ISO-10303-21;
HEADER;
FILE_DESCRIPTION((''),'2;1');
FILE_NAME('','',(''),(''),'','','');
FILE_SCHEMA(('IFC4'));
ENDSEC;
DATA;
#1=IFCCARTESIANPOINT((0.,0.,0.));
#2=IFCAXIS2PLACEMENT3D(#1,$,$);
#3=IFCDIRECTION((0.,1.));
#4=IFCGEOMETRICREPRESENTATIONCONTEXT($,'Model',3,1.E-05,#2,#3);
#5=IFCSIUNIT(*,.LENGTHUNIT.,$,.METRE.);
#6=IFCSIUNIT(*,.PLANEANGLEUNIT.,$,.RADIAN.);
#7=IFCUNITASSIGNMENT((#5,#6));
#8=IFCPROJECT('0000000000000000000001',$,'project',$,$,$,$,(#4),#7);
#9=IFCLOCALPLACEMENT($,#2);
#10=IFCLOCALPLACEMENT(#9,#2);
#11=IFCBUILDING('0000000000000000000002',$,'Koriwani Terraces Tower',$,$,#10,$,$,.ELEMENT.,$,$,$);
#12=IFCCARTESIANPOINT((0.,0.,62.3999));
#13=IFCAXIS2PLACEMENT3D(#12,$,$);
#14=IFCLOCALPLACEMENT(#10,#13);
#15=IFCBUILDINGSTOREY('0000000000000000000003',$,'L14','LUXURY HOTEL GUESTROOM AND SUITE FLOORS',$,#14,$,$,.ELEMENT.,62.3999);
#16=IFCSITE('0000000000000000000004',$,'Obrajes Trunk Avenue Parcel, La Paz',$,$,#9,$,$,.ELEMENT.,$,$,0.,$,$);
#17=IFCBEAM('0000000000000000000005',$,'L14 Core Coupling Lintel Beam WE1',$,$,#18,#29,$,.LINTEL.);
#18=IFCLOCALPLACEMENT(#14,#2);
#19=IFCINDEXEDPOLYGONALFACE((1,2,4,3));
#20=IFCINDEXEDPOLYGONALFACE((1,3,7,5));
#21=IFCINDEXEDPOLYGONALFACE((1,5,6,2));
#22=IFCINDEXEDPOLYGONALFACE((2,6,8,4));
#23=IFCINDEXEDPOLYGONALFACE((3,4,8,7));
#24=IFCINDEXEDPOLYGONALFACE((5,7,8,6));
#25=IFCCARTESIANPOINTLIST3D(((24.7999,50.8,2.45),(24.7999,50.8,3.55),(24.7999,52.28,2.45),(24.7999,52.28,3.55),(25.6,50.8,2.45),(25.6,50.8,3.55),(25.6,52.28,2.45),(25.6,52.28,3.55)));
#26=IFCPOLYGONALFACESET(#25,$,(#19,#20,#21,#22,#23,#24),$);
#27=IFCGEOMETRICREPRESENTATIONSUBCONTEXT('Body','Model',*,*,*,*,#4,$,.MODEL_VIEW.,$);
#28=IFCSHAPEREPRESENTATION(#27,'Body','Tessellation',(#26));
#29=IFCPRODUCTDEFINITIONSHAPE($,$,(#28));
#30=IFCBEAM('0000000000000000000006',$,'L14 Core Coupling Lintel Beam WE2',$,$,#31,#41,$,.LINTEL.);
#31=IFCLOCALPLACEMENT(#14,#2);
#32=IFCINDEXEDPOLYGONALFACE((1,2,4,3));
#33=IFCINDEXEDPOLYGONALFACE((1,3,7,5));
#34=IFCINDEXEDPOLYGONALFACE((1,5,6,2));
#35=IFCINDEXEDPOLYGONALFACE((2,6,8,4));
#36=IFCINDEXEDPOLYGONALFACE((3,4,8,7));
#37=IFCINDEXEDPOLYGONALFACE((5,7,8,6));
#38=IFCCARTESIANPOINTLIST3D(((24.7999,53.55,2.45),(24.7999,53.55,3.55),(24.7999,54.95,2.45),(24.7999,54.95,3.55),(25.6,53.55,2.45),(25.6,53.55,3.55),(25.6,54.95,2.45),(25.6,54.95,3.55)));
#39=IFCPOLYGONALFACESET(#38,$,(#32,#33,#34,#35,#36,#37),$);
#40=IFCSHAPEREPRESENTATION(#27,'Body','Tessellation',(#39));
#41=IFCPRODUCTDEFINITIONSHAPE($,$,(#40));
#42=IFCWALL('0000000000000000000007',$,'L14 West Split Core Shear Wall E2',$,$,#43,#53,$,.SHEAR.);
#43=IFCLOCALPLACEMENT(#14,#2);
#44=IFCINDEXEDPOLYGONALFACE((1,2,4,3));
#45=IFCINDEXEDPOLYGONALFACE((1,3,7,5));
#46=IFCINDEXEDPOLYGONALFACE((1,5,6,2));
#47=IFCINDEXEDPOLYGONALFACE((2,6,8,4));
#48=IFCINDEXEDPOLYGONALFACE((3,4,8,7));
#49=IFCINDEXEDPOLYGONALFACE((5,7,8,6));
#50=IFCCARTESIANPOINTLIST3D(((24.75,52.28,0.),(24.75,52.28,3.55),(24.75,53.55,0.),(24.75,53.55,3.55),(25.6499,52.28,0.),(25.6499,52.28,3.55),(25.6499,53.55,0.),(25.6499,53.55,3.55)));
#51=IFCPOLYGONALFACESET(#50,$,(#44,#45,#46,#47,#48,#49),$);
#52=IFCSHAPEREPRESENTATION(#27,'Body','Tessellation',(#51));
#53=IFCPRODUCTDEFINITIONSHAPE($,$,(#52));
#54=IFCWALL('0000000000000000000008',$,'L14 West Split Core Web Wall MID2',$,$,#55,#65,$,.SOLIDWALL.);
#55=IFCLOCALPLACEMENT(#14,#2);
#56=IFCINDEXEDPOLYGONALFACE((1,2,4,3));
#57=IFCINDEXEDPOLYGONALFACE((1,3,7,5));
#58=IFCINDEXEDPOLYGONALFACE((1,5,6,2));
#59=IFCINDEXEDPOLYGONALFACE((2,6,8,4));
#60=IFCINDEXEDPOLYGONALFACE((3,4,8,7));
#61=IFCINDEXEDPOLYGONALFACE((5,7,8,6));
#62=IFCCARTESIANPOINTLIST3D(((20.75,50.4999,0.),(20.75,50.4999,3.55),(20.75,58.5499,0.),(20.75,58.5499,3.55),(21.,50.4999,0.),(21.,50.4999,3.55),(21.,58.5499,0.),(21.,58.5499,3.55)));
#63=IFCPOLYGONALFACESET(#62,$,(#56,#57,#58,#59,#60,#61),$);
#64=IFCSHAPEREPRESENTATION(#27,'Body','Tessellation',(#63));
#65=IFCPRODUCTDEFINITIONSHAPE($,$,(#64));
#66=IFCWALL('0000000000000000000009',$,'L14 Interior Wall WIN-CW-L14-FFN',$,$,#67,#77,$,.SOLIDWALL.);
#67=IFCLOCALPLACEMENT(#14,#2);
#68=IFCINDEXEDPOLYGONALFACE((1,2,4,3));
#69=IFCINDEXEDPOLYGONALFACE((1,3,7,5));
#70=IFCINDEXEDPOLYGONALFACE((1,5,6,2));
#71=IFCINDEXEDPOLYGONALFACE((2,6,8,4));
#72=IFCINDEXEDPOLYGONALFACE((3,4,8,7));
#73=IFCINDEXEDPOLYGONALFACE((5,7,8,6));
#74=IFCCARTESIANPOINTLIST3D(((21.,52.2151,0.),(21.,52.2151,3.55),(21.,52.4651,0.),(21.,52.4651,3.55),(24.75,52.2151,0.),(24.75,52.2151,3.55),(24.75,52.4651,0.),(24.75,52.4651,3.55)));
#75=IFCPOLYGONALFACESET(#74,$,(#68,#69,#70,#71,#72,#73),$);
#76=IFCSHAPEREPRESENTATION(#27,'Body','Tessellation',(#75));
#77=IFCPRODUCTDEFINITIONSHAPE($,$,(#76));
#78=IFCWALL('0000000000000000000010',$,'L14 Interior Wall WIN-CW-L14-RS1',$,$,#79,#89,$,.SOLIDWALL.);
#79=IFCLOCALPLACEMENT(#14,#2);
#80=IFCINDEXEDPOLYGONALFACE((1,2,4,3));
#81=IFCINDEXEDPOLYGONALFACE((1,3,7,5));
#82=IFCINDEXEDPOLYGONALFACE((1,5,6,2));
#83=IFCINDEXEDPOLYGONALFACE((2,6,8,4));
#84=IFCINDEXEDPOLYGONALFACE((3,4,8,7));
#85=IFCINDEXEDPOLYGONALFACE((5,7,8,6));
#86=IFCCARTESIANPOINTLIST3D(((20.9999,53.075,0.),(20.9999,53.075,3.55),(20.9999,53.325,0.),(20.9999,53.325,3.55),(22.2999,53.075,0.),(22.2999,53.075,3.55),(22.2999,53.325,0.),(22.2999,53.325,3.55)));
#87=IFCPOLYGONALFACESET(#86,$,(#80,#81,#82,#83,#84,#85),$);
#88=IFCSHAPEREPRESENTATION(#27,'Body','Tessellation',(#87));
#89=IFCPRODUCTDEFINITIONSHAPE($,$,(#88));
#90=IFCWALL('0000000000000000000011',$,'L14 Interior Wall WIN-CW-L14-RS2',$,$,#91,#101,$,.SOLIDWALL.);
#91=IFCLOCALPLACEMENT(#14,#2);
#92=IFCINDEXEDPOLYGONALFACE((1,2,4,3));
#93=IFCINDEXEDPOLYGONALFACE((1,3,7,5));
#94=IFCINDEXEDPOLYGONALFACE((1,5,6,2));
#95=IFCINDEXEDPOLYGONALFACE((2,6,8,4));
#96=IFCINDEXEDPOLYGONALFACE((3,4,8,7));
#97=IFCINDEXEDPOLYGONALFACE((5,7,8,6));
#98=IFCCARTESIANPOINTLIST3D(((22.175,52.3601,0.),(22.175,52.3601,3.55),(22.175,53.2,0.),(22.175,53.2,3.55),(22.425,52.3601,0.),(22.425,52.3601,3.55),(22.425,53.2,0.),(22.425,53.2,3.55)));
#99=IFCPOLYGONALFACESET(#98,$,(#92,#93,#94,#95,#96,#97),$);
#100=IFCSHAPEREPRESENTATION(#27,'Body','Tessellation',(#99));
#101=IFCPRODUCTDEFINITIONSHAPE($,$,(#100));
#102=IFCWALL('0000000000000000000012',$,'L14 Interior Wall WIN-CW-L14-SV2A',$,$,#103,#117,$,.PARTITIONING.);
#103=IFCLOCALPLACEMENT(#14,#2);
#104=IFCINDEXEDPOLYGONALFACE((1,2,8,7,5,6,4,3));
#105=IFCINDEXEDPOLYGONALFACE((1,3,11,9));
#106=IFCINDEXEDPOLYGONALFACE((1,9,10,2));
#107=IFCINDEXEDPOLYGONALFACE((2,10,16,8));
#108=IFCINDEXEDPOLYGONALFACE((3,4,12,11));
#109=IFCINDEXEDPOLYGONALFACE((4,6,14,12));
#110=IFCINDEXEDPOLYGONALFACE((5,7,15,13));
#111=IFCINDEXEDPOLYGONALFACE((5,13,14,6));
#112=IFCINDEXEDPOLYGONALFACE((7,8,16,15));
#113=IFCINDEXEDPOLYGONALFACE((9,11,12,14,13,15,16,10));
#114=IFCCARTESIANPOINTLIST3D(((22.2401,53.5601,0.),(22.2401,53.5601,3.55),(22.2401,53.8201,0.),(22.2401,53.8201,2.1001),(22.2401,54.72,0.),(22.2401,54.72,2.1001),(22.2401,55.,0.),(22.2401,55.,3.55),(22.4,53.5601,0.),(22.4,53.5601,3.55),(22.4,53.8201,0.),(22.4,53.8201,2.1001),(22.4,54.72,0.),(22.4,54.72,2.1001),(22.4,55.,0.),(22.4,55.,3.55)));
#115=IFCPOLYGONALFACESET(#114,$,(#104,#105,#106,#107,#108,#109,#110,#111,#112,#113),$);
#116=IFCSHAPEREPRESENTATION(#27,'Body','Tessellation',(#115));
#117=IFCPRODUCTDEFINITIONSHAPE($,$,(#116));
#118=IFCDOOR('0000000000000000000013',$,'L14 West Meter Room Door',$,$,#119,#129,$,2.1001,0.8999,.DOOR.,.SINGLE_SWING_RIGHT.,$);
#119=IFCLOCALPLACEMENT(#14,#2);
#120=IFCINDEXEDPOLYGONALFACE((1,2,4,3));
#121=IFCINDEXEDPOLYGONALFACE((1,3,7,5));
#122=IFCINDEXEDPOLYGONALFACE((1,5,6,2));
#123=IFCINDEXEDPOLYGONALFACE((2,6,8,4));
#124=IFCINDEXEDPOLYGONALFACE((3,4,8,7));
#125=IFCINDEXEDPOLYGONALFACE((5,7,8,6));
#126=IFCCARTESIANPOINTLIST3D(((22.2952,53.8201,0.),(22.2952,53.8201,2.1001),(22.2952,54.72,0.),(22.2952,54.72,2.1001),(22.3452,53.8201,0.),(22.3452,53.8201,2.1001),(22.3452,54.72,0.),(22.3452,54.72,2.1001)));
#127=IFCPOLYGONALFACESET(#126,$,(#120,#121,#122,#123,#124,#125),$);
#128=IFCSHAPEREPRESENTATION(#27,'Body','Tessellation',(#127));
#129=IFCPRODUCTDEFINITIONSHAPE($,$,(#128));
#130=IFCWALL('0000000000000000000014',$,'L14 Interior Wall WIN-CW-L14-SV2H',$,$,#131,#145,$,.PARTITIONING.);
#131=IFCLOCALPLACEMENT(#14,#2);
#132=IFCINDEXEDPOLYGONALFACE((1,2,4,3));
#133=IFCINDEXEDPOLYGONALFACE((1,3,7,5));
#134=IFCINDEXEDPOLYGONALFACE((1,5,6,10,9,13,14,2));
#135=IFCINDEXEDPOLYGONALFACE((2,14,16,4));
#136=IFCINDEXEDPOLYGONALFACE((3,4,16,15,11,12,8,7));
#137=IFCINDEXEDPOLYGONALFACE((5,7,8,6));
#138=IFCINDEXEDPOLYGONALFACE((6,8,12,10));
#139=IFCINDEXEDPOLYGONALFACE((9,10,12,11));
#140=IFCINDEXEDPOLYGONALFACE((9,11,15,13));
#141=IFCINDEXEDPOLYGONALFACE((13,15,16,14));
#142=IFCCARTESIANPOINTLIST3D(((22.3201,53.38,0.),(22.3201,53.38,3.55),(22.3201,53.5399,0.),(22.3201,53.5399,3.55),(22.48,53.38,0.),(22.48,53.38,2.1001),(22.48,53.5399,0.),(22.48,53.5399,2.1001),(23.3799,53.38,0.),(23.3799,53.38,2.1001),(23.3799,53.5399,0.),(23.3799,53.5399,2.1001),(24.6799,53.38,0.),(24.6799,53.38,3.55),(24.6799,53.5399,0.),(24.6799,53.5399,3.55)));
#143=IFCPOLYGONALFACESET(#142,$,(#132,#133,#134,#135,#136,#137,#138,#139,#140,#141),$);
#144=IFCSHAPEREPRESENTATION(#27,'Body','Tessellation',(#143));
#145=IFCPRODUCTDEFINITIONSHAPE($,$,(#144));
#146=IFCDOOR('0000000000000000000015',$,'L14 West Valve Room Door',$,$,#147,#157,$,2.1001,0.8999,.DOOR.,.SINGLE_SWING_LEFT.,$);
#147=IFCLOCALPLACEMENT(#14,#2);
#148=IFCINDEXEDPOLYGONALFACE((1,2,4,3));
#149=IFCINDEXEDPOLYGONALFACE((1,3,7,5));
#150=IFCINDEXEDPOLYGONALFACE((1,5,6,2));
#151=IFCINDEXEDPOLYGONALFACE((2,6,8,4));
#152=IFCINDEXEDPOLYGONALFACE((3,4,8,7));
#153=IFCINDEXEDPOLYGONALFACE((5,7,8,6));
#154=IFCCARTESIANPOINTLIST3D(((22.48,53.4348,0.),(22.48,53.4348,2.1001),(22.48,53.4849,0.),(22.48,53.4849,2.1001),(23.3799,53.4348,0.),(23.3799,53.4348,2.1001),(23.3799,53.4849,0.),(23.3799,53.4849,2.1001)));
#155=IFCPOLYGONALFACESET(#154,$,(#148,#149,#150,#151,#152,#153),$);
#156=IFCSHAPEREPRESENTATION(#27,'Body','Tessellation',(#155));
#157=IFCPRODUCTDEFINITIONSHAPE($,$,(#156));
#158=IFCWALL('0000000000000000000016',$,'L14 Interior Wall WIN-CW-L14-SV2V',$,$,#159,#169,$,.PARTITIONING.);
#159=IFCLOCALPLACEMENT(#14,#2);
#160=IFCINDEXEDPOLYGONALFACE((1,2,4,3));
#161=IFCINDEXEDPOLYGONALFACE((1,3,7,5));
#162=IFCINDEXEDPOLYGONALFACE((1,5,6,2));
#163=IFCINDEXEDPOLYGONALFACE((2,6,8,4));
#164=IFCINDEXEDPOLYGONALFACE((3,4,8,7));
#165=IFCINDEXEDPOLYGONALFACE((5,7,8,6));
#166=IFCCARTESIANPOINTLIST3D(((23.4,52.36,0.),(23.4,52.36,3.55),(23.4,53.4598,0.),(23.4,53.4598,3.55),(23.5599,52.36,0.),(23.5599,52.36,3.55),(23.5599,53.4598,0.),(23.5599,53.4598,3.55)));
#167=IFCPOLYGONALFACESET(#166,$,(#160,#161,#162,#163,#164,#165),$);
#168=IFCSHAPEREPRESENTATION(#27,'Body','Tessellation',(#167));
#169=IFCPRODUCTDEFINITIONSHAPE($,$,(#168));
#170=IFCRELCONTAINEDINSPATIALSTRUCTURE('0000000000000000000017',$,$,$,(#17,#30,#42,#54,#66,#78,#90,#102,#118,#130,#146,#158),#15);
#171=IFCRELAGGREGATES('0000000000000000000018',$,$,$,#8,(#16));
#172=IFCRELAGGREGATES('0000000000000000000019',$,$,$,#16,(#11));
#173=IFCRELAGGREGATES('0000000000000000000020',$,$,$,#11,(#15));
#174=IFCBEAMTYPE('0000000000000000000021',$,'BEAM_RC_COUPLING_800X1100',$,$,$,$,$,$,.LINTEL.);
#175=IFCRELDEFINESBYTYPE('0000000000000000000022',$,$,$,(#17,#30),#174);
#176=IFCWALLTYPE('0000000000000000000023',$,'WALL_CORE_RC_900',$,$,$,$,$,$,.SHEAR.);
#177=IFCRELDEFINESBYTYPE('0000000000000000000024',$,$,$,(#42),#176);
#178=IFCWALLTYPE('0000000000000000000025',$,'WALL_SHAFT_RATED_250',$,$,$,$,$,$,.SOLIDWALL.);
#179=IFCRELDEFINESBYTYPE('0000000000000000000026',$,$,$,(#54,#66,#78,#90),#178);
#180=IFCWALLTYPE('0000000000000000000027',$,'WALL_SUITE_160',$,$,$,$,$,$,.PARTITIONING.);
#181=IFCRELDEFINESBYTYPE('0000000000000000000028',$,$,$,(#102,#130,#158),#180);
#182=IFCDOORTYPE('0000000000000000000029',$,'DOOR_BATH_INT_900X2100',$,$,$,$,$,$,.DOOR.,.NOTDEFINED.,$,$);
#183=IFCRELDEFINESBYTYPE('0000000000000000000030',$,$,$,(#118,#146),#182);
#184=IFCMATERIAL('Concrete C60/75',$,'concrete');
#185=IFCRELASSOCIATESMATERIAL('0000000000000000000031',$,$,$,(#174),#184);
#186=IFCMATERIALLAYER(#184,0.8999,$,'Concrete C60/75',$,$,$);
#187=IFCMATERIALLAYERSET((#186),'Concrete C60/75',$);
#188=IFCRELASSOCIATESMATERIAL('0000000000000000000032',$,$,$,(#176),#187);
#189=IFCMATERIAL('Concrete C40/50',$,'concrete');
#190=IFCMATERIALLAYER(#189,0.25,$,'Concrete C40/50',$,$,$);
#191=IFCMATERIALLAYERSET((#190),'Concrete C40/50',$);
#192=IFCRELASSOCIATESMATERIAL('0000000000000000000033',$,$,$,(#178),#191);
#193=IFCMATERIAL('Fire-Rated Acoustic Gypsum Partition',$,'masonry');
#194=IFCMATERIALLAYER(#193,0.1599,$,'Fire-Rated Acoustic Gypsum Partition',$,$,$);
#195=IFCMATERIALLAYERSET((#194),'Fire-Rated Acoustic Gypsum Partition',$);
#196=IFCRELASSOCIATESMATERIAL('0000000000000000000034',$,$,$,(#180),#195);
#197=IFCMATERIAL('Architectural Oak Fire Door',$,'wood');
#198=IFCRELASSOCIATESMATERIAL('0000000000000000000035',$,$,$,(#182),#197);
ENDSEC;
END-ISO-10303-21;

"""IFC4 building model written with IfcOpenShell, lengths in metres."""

from ifc_helpers import new_model, si_unit, direction, frame, frame_2d, origin, origin_2d, place, context, subcontext, project, spatial, rectangle, extrude, material, layer, layer_set, material_profile, profile_set, type_object, element, fill, save


model = new_model("IFC4")

# Units and contexts
model_context = context("Model", 3, precision=1e-05, world=origin(), true_north=direction((0.0, 1.0)))
body_context = subcontext(model_context, "Body", "Model", "MODEL_VIEW")
ifc_project = project(units=[si_unit("LENGTHUNIT", "METRE"), si_unit("PLANEANGLEUNIT", "RADIAN")], contexts=[model_context])

# Site, building, storey
site_placement = place(None, origin())
site = spatial("IfcSite", under=ifc_project, at=site_placement, Name="Obrajes Trunk Avenue Parcel, La Paz", CompositionType="ELEMENT", RefElevation=0.0)
building_placement = place(site_placement, origin())
building = spatial("IfcBuilding", under=site, at=building_placement, Name="Koriwani Terraces Tower", CompositionType="ELEMENT")
storey_placement = place(building_placement, frame((0.0, 0.0, 62.3999)))
storey = spatial("IfcBuildingStorey", under=building, at=storey_placement, Name="L14", Description="LUXURY HOTEL GUESTROOM AND SUITE FLOORS", CompositionType="ELEMENT", Elevation=62.3999)

# Beams
ifc_material_1 = material(Name="Concrete C60/75", Category="concrete")
ifc_material_profile = material_profile(ifc_material_1, rectangle(XDim=0.8, YDim=1.1001, at=origin_2d()), Name="Concrete C60/75", Category="LoadBearing")
ifc_profile_set = profile_set([ifc_material_profile], Name="Concrete C60/75")
beam_type = type_object("IfcBeamType", Name="BEAM_RC_COUPLING_800X1100", PredefinedType="LINTEL", material=ifc_profile_set)
beam_1_placement = place(storey_placement, frame((25.2, 50.8, 3.0), z_axis=(0.0, 1.0, 0.0), x_axis=(-1.0, 0.0, 0.0)))
element("IfcBeam", 1, at=beam_1_placement, inside=storey, type_object=beam_type, Name="L14 Core Coupling Lintel Beam WE1", PredefinedType="LINTEL", context=body_context, shape_type="SweptSolid", body=[
    extrude(rectangle(XDim=0.8, YDim=1.1001, at=origin_2d()), origin(), (0.0, 0.0, 1.0), 1.48),
])
beam_2_placement = place(storey_placement, frame((25.2, 53.55, 3.0), z_axis=(0.0, 1.0, 0.0), x_axis=(-1.0, 0.0, 0.0)))
element("IfcBeam", 2, at=beam_2_placement, inside=storey, type_object=beam_type, Name="L14 Core Coupling Lintel Beam WE2", PredefinedType="LINTEL", context=body_context, shape_type="SweptSolid", body=[
    extrude(rectangle(XDim=0.8, YDim=1.1001, at=origin_2d()), origin(), (0.0, 0.0, 1.0), 1.3999),
])

# Walls
ifc_layer_1 = layer(ifc_material_1, 0.8999, Name="Concrete C60/75")
ifc_layer_set_1 = layer_set([ifc_layer_1], Name="Concrete C60/75")
wall_type_1 = type_object("IfcWallType", Name="WALL_CORE_RC_900", PredefinedType="SHEAR", material=ifc_layer_set_1)
wall_1_placement = place(storey_placement, frame((25.2, 52.28, 0.0), z_axis=(0.0, 0.0, 1.0), x_axis=(0.0, 1.0, 0.0)))
element("IfcWall", 3, at=wall_1_placement, inside=storey, type_object=wall_type_1, Name="L14 West Split Core Shear Wall E2", PredefinedType="SHEAR", context=body_context, shape_type="SweptSolid", body=[
    extrude(rectangle(XDim=1.27, YDim=0.8999, at=frame_2d((0.635, 0.0))), origin(), (0.0, 0.0, 1.0), 3.55),
])
ifc_material_2 = material(Name="Concrete C40/50", Category="concrete")
ifc_layer_2 = layer(ifc_material_2, 0.25, Name="Concrete C40/50")
ifc_layer_set_2 = layer_set([ifc_layer_2], Name="Concrete C40/50")
wall_type_2 = type_object("IfcWallType", Name="WALL_SHAFT_RATED_250", PredefinedType="SOLIDWALL", material=ifc_layer_set_2)
wall_2_placement = place(storey_placement, frame((20.875, 50.5, 0.0), z_axis=(0.0, 0.0, 1.0), x_axis=(0.0, 1.0, 0.0)))
element("IfcWall", 4, at=wall_2_placement, inside=storey, type_object=wall_type_2, Name="L14 West Split Core Web Wall MID2", PredefinedType="SOLIDWALL", context=body_context, shape_type="SweptSolid", body=[
    extrude(rectangle(XDim=8.05, YDim=0.25, at=frame_2d((4.0249, 0.0))), origin(), (0.0, 0.0, 1.0), 3.55),
])

# Wall
wall_3_placement = place(storey_placement, frame((21.0, 52.3401, 0.0), z_axis=(0.0, 0.0, 1.0), x_axis=(1.0, 0.0, 0.0)))
element("IfcWall", 5, at=wall_3_placement, inside=storey, type_object=wall_type_2, Name="L14 Interior Wall WIN-CW-L14-FFN", PredefinedType="SOLIDWALL", context=body_context, shape_type="SweptSolid", body=[
    extrude(rectangle(XDim=3.75, YDim=0.25, at=frame_2d((1.875, 0.0))), origin(), (0.0, 0.0, 1.0), 3.55),
])

# Walls
wall_4_placement = place(storey_placement, frame((21.0, 53.2, 0.0), z_axis=(0.0, 0.0, 1.0), x_axis=(1.0, 0.0, 0.0)))
element("IfcWall", 6, at=wall_4_placement, inside=storey, type_object=wall_type_2, Name="L14 Interior Wall WIN-CW-L14-RS1", PredefinedType="SOLIDWALL", context=body_context, shape_type="SweptSolid", body=[
    extrude(rectangle(XDim=1.3, YDim=0.25, at=frame_2d((0.6499, 0.0))), origin(), (0.0, 0.0, 1.0), 3.55),
])
wall_5_placement = place(storey_placement, frame((22.3, 52.3601, 0.0), z_axis=(0.0, 0.0, 1.0), x_axis=(0.0, 1.0, 0.0)))
element("IfcWall", 7, at=wall_5_placement, inside=storey, type_object=wall_type_2, Name="L14 Interior Wall WIN-CW-L14-RS2", PredefinedType="SOLIDWALL", context=body_context, shape_type="SweptSolid", body=[
    extrude(rectangle(XDim=0.8398, YDim=0.25, at=frame_2d((0.4199, 0.0))), origin(), (0.0, 0.0, 1.0), 3.55),
])

# Walls, openings, doors
ifc_material_3 = material(Name="Fire-Rated Acoustic Gypsum Partition", Category="masonry")
ifc_layer_3 = layer(ifc_material_3, 0.1599, Name="Fire-Rated Acoustic Gypsum Partition")
ifc_layer_set_3 = layer_set([ifc_layer_3], Name="Fire-Rated Acoustic Gypsum Partition")
wall_type_3 = type_object("IfcWallType", Name="WALL_SUITE_160", PredefinedType="PARTITIONING", material=ifc_layer_set_3)
wall_6_placement = place(storey_placement, frame((22.3201, 53.5601, 0.0), z_axis=(0.0, 0.0, 1.0), x_axis=(0.0, 1.0, 0.0)))
wall_6 = element("IfcWall", 8, at=wall_6_placement, inside=storey, type_object=wall_type_3, Name="L14 Interior Wall WIN-CW-L14-SV2A", PredefinedType="PARTITIONING", context=body_context, shape_type="SweptSolid", body=[
    extrude(rectangle(XDim=1.4399, YDim=0.1599, at=frame_2d((0.72, 0.0))), origin(), (0.0, 0.0, 1.0), 3.55),
])
opening_1_placement = place(wall_6_placement, frame((0.26, 0.0, 0.0)))
opening_1 = element("IfcOpeningElement", 9, at=opening_1_placement, cuts=wall_6, PredefinedType="OPENING", context=body_context, shape_type="SweptSolid", body=[
    extrude(rectangle(XDim=0.8999, YDim=2.1001, at=frame_2d((0.45, 1.05))), frame((0.0, 0.0898, 0.0), z_axis=(0.0, -1.0, 0.0), x_axis=(1.0, 0.0, 0.0)), (0.0, 0.0, 1.0), 0.1799),
])
ifc_material_4 = material(Name="Architectural Oak Fire Door", Category="wood")
door_type_1 = type_object("IfcDoorType", Name="DOOR_BATH_INT_900X2100", OperationType="NOTDEFINED", PredefinedType="DOOR", material=ifc_material_4)
door_1_placement = place(opening_1_placement, origin())
door_1 = element("IfcDoor", 10, at=door_1_placement, inside=storey, type_object=door_type_1, Name="L14 West Meter Room Door", OperationType="SINGLE_SWING_RIGHT", OverallHeight=2.1001, OverallWidth=0.8999, PredefinedType="DOOR", context=body_context, shape_type="SweptSolid", body=[
    extrude(rectangle(XDim=0.8999, YDim=2.1001, at=frame_2d((0.45, 1.05))), frame((0.0, 0.0249, 0.0), z_axis=(0.0, -1.0, 0.0), x_axis=(1.0, 0.0, 0.0)), (0.0, 0.0, 1.0), 0.05),
])
fill(opening_1, door_1)
wall_7_placement = place(storey_placement, frame((22.3201, 53.46, 0.0), z_axis=(0.0, 0.0, 1.0), x_axis=(1.0, 0.0, 0.0)))
wall_7 = element("IfcWall", 11, at=wall_7_placement, inside=storey, type_object=wall_type_3, Name="L14 Interior Wall WIN-CW-L14-SV2H", PredefinedType="PARTITIONING", context=body_context, shape_type="SweptSolid", body=[
    extrude(rectangle(XDim=2.3599, YDim=0.1599, at=frame_2d((1.1799, 0.0))), origin(), (0.0, 0.0, 1.0), 3.55),
])
opening_2_placement = place(wall_7_placement, frame((0.1599, 0.0, 0.0)))
opening_2 = element("IfcOpeningElement", 12, at=opening_2_placement, cuts=wall_7, PredefinedType="OPENING", context=body_context, shape_type="SweptSolid", body=[
    extrude(rectangle(XDim=0.8999, YDim=2.1001, at=frame_2d((0.45, 1.05))), frame((0.0, 0.0898, 0.0), z_axis=(0.0, -1.0, 0.0), x_axis=(1.0, 0.0, 0.0)), (0.0, 0.0, 1.0), 0.1799),
])
door_2_placement = place(opening_2_placement, origin())
door_2 = element("IfcDoor", 13, at=door_2_placement, inside=storey, type_object=door_type_1, Name="L14 West Valve Room Door", OperationType="SINGLE_SWING_LEFT", OverallHeight=2.1001, OverallWidth=0.8999, PredefinedType="DOOR", context=body_context, shape_type="SweptSolid", body=[
    extrude(rectangle(XDim=0.8999, YDim=2.1001, at=frame_2d((0.45, 1.05))), frame((0.0, 0.0249, 0.0), z_axis=(0.0, -1.0, 0.0), x_axis=(1.0, 0.0, 0.0)), (0.0, 0.0, 1.0), 0.05),
])
fill(opening_2, door_2)

# Wall
wall_8_placement = place(storey_placement, frame((23.48, 52.3601, 0.0), z_axis=(0.0, 0.0, 1.0), x_axis=(0.0, 1.0, 0.0)))
element("IfcWall", 14, at=wall_8_placement, inside=storey, type_object=wall_type_3, Name="L14 Interior Wall WIN-CW-L14-SV2V", PredefinedType="PARTITIONING", context=body_context, shape_type="SweptSolid", body=[
    extrude(rectangle(XDim=1.0999, YDim=0.1599, at=frame_2d((0.5498, 0.0))), origin(), (0.0, 0.0, 1.0), 3.55),
])

save(model, "model.ifc")
